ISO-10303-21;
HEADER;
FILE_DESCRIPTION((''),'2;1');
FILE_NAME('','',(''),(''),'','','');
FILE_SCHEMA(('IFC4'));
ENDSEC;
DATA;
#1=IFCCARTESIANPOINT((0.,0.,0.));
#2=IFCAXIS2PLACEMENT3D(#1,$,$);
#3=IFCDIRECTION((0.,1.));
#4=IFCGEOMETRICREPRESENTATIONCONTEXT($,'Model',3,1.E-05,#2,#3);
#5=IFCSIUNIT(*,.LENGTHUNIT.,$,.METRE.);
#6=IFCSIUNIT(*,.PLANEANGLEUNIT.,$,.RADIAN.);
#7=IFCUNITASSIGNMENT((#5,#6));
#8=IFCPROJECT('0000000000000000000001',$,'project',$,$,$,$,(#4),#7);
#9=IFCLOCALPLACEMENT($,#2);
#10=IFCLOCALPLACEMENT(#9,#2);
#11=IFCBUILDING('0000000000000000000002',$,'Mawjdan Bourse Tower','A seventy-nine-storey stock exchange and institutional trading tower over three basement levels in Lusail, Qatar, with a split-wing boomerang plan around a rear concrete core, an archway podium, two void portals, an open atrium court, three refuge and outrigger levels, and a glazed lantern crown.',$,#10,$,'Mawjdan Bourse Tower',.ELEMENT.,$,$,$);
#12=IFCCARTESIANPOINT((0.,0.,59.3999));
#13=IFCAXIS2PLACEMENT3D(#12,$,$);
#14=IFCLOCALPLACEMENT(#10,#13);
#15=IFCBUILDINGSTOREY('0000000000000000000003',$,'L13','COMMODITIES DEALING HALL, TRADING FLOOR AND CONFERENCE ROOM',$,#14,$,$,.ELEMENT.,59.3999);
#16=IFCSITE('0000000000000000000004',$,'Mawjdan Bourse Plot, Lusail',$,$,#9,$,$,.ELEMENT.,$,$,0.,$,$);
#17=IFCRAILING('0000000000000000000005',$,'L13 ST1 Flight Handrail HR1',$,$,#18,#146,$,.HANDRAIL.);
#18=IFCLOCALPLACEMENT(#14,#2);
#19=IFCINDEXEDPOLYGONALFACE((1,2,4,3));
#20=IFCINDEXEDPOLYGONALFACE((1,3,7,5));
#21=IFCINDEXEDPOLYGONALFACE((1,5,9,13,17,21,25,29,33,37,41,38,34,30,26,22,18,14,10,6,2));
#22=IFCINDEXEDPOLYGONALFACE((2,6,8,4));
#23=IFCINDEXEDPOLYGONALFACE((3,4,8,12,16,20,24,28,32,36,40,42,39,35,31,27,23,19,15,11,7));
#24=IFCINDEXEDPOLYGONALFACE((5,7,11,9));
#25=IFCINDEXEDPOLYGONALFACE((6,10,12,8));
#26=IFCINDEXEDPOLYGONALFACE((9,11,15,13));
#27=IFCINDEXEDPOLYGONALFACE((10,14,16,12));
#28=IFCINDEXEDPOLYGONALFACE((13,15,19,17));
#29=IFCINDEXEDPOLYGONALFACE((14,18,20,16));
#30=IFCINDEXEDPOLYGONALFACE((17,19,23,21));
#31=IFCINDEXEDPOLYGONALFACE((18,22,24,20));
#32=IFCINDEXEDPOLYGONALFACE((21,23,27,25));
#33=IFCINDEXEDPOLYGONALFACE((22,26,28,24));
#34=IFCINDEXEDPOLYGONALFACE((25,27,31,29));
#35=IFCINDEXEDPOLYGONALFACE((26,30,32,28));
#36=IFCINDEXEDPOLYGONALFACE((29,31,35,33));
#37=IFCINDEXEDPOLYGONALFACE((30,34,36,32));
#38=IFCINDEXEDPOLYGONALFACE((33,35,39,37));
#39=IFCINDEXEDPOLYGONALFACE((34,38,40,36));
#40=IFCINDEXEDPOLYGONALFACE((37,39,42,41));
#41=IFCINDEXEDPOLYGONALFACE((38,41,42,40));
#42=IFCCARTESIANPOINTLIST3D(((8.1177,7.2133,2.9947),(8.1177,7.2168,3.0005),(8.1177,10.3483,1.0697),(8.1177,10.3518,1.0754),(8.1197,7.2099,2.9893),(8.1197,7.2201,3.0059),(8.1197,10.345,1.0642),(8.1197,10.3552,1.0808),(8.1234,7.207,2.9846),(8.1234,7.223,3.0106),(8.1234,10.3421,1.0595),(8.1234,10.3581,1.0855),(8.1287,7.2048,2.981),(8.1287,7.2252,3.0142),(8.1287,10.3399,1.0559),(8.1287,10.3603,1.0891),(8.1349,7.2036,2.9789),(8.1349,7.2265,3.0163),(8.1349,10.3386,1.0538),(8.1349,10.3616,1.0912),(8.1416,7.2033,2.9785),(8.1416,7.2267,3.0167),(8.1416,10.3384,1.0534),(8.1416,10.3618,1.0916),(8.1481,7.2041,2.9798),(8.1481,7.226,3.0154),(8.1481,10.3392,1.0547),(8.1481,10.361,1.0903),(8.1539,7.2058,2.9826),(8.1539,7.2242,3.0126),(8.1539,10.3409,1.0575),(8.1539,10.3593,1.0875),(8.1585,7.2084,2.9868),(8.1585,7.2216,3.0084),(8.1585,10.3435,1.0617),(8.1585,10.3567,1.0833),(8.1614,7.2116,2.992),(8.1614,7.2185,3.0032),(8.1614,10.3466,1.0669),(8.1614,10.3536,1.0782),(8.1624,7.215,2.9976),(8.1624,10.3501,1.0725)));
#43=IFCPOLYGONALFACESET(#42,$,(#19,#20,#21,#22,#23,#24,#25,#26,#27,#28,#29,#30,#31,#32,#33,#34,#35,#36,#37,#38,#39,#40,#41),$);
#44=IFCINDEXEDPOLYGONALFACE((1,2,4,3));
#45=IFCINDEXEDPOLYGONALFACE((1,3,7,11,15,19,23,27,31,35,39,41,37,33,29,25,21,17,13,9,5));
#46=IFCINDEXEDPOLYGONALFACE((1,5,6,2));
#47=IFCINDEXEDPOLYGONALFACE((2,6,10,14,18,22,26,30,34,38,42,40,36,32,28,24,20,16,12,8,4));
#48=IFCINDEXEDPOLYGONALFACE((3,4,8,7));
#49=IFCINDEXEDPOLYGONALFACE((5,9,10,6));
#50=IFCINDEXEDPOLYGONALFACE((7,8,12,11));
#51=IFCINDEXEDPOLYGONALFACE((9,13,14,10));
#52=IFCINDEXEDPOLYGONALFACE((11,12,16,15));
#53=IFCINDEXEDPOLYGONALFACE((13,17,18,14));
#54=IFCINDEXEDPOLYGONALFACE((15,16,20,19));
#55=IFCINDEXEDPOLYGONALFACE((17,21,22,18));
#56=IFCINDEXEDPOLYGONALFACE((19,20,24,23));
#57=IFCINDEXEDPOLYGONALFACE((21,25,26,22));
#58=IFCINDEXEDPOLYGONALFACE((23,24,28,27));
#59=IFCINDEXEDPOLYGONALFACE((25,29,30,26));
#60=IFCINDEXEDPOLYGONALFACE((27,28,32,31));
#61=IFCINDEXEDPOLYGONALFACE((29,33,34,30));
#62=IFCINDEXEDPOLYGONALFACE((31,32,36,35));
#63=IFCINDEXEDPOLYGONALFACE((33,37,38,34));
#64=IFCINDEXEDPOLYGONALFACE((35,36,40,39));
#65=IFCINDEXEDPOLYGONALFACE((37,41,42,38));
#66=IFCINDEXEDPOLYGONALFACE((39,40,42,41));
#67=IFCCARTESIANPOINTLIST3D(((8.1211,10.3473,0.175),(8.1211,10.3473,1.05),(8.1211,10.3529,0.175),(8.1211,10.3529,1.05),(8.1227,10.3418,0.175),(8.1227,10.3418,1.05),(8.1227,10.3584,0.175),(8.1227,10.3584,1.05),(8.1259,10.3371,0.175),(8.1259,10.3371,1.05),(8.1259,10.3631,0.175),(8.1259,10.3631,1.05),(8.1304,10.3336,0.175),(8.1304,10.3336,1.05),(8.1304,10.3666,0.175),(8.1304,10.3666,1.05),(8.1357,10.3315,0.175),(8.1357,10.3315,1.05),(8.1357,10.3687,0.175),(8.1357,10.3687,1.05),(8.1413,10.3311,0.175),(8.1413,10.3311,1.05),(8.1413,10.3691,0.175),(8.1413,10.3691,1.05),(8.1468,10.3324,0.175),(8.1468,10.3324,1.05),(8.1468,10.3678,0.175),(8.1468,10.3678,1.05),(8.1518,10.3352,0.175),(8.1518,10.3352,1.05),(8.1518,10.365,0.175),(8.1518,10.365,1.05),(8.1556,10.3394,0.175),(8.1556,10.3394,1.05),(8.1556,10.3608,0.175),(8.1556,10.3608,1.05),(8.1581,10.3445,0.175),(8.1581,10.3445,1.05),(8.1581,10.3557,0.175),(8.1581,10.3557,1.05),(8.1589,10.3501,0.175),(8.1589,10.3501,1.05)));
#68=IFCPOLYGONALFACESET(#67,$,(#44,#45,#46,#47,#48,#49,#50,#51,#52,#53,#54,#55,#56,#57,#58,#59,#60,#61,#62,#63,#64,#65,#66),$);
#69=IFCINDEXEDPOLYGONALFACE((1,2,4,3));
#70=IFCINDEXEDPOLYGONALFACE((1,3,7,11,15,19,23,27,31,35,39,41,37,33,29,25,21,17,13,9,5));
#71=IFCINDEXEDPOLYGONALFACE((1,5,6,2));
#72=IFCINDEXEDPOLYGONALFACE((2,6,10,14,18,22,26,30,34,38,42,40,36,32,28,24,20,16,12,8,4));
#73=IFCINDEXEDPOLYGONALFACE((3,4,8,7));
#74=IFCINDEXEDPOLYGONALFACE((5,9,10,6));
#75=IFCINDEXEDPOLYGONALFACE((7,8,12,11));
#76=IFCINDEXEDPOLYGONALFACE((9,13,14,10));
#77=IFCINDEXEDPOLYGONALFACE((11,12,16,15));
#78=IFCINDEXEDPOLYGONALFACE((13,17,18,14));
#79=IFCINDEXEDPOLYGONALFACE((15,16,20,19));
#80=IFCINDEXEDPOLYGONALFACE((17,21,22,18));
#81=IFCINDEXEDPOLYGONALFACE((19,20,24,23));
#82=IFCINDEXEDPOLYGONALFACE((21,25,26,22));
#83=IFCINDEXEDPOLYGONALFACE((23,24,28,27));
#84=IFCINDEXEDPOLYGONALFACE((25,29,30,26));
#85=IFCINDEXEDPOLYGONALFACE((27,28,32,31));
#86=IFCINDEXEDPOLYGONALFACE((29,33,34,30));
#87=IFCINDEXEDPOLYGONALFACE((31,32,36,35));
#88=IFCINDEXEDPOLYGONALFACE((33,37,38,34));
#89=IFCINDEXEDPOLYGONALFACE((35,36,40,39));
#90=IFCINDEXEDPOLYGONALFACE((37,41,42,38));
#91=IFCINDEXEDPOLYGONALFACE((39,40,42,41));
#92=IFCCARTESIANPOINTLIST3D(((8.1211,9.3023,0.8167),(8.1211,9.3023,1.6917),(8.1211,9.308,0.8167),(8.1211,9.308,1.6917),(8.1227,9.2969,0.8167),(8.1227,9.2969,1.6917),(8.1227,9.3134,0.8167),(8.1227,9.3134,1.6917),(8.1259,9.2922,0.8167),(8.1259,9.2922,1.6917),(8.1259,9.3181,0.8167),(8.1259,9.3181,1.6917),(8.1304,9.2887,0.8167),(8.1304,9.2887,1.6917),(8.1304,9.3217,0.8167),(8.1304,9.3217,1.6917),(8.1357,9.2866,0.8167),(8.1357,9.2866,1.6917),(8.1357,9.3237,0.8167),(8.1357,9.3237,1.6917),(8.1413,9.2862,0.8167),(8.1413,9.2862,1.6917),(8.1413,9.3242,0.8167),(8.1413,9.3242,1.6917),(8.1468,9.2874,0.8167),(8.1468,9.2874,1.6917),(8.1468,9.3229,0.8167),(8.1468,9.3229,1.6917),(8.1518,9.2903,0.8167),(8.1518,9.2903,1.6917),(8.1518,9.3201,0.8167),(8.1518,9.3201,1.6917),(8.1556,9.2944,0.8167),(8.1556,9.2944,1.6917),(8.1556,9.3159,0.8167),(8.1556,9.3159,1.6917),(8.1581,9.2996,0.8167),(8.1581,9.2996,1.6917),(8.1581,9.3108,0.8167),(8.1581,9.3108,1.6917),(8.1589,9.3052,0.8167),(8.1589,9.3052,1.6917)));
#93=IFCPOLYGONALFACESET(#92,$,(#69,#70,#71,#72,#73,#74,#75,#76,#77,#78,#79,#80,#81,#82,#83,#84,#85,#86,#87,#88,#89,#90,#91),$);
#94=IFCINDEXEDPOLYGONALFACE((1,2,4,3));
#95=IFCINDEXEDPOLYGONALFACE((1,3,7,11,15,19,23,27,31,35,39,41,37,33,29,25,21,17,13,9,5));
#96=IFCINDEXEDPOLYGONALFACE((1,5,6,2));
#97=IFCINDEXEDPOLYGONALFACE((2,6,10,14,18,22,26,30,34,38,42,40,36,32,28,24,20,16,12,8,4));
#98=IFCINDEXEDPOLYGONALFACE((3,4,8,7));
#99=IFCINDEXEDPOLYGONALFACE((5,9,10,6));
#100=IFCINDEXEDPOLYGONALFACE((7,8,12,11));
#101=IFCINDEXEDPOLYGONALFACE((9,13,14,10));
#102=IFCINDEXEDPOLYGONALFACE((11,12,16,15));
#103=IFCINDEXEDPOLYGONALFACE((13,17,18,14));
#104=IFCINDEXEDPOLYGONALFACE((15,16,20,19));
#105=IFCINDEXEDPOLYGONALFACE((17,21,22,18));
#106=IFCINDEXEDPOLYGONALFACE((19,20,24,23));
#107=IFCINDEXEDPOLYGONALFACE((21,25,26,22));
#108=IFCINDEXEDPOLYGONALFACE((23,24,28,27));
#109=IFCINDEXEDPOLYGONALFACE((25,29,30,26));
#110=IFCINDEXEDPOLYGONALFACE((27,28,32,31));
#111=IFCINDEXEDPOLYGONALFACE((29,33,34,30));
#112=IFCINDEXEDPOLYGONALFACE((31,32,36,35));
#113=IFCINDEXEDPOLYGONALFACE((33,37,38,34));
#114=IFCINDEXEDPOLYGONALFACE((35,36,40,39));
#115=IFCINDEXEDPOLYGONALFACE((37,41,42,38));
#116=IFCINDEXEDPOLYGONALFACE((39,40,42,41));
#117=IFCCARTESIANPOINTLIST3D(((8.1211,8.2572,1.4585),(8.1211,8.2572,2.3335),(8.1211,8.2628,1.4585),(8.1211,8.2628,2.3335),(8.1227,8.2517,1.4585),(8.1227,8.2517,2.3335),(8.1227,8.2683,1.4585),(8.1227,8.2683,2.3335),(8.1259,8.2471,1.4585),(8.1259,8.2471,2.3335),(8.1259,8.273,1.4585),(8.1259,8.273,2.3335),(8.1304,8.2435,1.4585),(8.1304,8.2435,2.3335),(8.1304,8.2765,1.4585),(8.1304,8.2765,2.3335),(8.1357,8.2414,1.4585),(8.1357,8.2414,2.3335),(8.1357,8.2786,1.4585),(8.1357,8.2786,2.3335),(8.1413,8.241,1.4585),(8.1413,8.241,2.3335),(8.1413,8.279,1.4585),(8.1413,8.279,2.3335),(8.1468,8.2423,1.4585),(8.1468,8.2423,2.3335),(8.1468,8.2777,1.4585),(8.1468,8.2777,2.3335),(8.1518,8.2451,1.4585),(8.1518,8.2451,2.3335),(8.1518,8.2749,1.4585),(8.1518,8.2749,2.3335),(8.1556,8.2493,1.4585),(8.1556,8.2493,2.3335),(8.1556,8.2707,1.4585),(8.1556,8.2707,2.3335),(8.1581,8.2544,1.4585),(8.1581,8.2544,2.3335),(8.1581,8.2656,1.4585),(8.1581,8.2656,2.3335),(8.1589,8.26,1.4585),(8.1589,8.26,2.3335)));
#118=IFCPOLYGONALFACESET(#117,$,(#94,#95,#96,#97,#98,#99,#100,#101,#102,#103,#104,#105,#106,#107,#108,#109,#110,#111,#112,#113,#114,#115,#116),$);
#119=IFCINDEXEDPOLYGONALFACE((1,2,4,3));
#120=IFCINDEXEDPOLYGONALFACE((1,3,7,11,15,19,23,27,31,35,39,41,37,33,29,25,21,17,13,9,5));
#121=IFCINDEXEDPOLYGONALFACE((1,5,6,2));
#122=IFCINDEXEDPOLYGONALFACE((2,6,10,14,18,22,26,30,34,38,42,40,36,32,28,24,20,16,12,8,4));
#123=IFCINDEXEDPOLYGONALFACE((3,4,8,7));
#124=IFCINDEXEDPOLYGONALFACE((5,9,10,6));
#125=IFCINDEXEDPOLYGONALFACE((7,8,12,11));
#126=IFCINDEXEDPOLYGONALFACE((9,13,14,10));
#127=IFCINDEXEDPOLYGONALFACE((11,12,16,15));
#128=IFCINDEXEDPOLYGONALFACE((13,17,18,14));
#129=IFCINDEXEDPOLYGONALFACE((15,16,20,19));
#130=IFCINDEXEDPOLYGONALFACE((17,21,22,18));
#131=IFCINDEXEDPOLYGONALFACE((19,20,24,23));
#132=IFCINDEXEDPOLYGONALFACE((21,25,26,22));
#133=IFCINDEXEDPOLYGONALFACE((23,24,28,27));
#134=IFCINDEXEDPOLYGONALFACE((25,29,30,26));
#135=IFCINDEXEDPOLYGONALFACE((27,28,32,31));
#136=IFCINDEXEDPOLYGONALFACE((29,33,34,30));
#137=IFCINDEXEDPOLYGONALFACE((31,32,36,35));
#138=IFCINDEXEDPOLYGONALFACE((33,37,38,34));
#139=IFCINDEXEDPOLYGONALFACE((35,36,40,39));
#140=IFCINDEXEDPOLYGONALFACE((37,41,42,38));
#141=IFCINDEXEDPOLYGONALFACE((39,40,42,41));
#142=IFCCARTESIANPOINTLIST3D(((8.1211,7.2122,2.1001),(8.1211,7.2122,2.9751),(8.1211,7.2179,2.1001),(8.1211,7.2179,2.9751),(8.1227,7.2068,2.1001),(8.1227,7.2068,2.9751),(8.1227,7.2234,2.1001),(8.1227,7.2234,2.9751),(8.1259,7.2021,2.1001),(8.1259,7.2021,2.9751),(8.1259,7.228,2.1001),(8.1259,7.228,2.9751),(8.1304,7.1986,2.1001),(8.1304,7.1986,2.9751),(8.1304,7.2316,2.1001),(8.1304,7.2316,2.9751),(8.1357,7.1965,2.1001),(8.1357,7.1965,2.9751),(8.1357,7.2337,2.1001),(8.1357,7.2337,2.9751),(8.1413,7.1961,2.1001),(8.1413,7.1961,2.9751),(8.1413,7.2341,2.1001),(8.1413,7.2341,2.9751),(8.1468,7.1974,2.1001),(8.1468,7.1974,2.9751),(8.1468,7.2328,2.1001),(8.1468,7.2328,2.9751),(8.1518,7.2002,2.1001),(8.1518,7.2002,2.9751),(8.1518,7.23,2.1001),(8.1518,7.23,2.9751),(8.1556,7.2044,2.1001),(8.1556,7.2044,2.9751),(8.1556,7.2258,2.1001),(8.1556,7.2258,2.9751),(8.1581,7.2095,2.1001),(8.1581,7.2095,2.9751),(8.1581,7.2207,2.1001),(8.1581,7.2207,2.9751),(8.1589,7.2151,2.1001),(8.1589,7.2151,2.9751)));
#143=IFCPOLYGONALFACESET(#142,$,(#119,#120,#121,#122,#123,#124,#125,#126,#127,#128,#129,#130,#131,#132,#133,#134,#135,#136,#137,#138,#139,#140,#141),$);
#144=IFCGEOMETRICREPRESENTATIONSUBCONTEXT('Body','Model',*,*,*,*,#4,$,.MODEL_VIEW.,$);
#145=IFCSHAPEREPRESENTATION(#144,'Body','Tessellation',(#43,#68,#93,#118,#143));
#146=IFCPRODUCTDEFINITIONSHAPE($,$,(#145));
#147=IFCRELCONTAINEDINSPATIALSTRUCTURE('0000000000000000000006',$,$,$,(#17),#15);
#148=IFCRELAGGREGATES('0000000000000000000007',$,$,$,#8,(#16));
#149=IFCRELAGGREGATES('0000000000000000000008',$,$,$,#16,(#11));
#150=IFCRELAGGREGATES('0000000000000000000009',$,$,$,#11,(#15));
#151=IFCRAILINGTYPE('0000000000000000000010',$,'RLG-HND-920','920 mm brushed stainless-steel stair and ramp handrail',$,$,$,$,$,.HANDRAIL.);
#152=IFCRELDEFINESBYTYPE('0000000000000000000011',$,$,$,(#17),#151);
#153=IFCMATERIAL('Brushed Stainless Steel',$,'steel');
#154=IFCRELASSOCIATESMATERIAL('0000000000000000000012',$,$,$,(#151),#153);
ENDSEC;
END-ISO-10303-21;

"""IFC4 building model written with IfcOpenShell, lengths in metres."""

from ifc_helpers import new_model, si_unit, direction, frame, origin, origin_2d, place, context, subcontext, project, spatial, circle, extrude, material, type_object, element, save


model = new_model("IFC4")

# Units and contexts
model_context = context("Model", 3, precision=1e-05, world=origin(), true_north=direction((0.0, 1.0)))
body_context = subcontext(model_context, "Body", "Model", "MODEL_VIEW")
ifc_project = project(units=[si_unit("LENGTHUNIT", "METRE"), si_unit("PLANEANGLEUNIT", "RADIAN")], contexts=[model_context])

# Site, building, storey
site_placement = place(None, origin())
site = spatial("IfcSite", under=ifc_project, at=site_placement, Name="Mawjdan Bourse Plot, Lusail", CompositionType="ELEMENT", RefElevation=0.0)
building_placement = place(site_placement, origin())
building = spatial("IfcBuilding", under=site, at=building_placement, Name="Mawjdan Bourse Tower", Description="A seventy-nine-storey stock exchange and institutional trading tower over three basement levels in Lusail, Qatar, with a split-wing boomerang plan around a rear concrete core, an archway podium, two void portals, an open atrium court, three refuge and outrigger levels, and a glazed lantern crown.", LongName="Mawjdan Bourse Tower", CompositionType="ELEMENT")
storey_placement = place(building_placement, frame((0.0, 0.0, 59.3999)))
storey = spatial("IfcBuildingStorey", under=building, at=storey_placement, Name="L13", Description="COMMODITIES DEALING HALL, TRADING FLOOR AND CONFERENCE ROOM", CompositionType="ELEMENT", Elevation=59.3999)

# Railing
ifc_material_1 = material(Name="Brushed Stainless Steel", Category="steel")
railing_type_1 = type_object("IfcRailingType", Name="RLG-HND-920", Description="920 mm brushed stainless-steel stair and ramp handrail", PredefinedType="HANDRAIL", material=ifc_material_1)
railing_1_placement = place(storey_placement, frame((8.1399, 10.3501, 0.175)))
element("IfcRailing", 1, at=railing_1_placement, inside=storey, type_object=railing_type_1, Name="L13 ST1 Flight Handrail HR1", PredefinedType="HANDRAIL", context=body_context, shape_type="SweptSolid", body=[
    extrude(circle(Radius=0.0225, at=origin_2d()), frame((0.0, 0.0, 0.8975), z_axis=(0.0, -0.852166, 0.523271), x_axis=(1.0, 0.0, 0.0)), (0.0, 0.0, 1.0), 3.679),
    extrude(circle(Radius=0.019, at=origin_2d()), origin(), (0.0, 0.0, 1.0), 0.875),
    extrude(circle(Radius=0.019, at=origin_2d()), frame((0.0, -1.0449, 0.6416)), (0.0, 0.0, 1.0), 0.875),
    extrude(circle(Radius=0.019, at=origin_2d()), frame((0.0, -2.0901, 1.2834)), (0.0, 0.0, 1.0), 0.875),
    extrude(circle(Radius=0.019, at=origin_2d()), frame((0.0, -3.135, 1.925)), (0.0, 0.0, 1.0), 0.875),
])

save(model, "model.ifc")
